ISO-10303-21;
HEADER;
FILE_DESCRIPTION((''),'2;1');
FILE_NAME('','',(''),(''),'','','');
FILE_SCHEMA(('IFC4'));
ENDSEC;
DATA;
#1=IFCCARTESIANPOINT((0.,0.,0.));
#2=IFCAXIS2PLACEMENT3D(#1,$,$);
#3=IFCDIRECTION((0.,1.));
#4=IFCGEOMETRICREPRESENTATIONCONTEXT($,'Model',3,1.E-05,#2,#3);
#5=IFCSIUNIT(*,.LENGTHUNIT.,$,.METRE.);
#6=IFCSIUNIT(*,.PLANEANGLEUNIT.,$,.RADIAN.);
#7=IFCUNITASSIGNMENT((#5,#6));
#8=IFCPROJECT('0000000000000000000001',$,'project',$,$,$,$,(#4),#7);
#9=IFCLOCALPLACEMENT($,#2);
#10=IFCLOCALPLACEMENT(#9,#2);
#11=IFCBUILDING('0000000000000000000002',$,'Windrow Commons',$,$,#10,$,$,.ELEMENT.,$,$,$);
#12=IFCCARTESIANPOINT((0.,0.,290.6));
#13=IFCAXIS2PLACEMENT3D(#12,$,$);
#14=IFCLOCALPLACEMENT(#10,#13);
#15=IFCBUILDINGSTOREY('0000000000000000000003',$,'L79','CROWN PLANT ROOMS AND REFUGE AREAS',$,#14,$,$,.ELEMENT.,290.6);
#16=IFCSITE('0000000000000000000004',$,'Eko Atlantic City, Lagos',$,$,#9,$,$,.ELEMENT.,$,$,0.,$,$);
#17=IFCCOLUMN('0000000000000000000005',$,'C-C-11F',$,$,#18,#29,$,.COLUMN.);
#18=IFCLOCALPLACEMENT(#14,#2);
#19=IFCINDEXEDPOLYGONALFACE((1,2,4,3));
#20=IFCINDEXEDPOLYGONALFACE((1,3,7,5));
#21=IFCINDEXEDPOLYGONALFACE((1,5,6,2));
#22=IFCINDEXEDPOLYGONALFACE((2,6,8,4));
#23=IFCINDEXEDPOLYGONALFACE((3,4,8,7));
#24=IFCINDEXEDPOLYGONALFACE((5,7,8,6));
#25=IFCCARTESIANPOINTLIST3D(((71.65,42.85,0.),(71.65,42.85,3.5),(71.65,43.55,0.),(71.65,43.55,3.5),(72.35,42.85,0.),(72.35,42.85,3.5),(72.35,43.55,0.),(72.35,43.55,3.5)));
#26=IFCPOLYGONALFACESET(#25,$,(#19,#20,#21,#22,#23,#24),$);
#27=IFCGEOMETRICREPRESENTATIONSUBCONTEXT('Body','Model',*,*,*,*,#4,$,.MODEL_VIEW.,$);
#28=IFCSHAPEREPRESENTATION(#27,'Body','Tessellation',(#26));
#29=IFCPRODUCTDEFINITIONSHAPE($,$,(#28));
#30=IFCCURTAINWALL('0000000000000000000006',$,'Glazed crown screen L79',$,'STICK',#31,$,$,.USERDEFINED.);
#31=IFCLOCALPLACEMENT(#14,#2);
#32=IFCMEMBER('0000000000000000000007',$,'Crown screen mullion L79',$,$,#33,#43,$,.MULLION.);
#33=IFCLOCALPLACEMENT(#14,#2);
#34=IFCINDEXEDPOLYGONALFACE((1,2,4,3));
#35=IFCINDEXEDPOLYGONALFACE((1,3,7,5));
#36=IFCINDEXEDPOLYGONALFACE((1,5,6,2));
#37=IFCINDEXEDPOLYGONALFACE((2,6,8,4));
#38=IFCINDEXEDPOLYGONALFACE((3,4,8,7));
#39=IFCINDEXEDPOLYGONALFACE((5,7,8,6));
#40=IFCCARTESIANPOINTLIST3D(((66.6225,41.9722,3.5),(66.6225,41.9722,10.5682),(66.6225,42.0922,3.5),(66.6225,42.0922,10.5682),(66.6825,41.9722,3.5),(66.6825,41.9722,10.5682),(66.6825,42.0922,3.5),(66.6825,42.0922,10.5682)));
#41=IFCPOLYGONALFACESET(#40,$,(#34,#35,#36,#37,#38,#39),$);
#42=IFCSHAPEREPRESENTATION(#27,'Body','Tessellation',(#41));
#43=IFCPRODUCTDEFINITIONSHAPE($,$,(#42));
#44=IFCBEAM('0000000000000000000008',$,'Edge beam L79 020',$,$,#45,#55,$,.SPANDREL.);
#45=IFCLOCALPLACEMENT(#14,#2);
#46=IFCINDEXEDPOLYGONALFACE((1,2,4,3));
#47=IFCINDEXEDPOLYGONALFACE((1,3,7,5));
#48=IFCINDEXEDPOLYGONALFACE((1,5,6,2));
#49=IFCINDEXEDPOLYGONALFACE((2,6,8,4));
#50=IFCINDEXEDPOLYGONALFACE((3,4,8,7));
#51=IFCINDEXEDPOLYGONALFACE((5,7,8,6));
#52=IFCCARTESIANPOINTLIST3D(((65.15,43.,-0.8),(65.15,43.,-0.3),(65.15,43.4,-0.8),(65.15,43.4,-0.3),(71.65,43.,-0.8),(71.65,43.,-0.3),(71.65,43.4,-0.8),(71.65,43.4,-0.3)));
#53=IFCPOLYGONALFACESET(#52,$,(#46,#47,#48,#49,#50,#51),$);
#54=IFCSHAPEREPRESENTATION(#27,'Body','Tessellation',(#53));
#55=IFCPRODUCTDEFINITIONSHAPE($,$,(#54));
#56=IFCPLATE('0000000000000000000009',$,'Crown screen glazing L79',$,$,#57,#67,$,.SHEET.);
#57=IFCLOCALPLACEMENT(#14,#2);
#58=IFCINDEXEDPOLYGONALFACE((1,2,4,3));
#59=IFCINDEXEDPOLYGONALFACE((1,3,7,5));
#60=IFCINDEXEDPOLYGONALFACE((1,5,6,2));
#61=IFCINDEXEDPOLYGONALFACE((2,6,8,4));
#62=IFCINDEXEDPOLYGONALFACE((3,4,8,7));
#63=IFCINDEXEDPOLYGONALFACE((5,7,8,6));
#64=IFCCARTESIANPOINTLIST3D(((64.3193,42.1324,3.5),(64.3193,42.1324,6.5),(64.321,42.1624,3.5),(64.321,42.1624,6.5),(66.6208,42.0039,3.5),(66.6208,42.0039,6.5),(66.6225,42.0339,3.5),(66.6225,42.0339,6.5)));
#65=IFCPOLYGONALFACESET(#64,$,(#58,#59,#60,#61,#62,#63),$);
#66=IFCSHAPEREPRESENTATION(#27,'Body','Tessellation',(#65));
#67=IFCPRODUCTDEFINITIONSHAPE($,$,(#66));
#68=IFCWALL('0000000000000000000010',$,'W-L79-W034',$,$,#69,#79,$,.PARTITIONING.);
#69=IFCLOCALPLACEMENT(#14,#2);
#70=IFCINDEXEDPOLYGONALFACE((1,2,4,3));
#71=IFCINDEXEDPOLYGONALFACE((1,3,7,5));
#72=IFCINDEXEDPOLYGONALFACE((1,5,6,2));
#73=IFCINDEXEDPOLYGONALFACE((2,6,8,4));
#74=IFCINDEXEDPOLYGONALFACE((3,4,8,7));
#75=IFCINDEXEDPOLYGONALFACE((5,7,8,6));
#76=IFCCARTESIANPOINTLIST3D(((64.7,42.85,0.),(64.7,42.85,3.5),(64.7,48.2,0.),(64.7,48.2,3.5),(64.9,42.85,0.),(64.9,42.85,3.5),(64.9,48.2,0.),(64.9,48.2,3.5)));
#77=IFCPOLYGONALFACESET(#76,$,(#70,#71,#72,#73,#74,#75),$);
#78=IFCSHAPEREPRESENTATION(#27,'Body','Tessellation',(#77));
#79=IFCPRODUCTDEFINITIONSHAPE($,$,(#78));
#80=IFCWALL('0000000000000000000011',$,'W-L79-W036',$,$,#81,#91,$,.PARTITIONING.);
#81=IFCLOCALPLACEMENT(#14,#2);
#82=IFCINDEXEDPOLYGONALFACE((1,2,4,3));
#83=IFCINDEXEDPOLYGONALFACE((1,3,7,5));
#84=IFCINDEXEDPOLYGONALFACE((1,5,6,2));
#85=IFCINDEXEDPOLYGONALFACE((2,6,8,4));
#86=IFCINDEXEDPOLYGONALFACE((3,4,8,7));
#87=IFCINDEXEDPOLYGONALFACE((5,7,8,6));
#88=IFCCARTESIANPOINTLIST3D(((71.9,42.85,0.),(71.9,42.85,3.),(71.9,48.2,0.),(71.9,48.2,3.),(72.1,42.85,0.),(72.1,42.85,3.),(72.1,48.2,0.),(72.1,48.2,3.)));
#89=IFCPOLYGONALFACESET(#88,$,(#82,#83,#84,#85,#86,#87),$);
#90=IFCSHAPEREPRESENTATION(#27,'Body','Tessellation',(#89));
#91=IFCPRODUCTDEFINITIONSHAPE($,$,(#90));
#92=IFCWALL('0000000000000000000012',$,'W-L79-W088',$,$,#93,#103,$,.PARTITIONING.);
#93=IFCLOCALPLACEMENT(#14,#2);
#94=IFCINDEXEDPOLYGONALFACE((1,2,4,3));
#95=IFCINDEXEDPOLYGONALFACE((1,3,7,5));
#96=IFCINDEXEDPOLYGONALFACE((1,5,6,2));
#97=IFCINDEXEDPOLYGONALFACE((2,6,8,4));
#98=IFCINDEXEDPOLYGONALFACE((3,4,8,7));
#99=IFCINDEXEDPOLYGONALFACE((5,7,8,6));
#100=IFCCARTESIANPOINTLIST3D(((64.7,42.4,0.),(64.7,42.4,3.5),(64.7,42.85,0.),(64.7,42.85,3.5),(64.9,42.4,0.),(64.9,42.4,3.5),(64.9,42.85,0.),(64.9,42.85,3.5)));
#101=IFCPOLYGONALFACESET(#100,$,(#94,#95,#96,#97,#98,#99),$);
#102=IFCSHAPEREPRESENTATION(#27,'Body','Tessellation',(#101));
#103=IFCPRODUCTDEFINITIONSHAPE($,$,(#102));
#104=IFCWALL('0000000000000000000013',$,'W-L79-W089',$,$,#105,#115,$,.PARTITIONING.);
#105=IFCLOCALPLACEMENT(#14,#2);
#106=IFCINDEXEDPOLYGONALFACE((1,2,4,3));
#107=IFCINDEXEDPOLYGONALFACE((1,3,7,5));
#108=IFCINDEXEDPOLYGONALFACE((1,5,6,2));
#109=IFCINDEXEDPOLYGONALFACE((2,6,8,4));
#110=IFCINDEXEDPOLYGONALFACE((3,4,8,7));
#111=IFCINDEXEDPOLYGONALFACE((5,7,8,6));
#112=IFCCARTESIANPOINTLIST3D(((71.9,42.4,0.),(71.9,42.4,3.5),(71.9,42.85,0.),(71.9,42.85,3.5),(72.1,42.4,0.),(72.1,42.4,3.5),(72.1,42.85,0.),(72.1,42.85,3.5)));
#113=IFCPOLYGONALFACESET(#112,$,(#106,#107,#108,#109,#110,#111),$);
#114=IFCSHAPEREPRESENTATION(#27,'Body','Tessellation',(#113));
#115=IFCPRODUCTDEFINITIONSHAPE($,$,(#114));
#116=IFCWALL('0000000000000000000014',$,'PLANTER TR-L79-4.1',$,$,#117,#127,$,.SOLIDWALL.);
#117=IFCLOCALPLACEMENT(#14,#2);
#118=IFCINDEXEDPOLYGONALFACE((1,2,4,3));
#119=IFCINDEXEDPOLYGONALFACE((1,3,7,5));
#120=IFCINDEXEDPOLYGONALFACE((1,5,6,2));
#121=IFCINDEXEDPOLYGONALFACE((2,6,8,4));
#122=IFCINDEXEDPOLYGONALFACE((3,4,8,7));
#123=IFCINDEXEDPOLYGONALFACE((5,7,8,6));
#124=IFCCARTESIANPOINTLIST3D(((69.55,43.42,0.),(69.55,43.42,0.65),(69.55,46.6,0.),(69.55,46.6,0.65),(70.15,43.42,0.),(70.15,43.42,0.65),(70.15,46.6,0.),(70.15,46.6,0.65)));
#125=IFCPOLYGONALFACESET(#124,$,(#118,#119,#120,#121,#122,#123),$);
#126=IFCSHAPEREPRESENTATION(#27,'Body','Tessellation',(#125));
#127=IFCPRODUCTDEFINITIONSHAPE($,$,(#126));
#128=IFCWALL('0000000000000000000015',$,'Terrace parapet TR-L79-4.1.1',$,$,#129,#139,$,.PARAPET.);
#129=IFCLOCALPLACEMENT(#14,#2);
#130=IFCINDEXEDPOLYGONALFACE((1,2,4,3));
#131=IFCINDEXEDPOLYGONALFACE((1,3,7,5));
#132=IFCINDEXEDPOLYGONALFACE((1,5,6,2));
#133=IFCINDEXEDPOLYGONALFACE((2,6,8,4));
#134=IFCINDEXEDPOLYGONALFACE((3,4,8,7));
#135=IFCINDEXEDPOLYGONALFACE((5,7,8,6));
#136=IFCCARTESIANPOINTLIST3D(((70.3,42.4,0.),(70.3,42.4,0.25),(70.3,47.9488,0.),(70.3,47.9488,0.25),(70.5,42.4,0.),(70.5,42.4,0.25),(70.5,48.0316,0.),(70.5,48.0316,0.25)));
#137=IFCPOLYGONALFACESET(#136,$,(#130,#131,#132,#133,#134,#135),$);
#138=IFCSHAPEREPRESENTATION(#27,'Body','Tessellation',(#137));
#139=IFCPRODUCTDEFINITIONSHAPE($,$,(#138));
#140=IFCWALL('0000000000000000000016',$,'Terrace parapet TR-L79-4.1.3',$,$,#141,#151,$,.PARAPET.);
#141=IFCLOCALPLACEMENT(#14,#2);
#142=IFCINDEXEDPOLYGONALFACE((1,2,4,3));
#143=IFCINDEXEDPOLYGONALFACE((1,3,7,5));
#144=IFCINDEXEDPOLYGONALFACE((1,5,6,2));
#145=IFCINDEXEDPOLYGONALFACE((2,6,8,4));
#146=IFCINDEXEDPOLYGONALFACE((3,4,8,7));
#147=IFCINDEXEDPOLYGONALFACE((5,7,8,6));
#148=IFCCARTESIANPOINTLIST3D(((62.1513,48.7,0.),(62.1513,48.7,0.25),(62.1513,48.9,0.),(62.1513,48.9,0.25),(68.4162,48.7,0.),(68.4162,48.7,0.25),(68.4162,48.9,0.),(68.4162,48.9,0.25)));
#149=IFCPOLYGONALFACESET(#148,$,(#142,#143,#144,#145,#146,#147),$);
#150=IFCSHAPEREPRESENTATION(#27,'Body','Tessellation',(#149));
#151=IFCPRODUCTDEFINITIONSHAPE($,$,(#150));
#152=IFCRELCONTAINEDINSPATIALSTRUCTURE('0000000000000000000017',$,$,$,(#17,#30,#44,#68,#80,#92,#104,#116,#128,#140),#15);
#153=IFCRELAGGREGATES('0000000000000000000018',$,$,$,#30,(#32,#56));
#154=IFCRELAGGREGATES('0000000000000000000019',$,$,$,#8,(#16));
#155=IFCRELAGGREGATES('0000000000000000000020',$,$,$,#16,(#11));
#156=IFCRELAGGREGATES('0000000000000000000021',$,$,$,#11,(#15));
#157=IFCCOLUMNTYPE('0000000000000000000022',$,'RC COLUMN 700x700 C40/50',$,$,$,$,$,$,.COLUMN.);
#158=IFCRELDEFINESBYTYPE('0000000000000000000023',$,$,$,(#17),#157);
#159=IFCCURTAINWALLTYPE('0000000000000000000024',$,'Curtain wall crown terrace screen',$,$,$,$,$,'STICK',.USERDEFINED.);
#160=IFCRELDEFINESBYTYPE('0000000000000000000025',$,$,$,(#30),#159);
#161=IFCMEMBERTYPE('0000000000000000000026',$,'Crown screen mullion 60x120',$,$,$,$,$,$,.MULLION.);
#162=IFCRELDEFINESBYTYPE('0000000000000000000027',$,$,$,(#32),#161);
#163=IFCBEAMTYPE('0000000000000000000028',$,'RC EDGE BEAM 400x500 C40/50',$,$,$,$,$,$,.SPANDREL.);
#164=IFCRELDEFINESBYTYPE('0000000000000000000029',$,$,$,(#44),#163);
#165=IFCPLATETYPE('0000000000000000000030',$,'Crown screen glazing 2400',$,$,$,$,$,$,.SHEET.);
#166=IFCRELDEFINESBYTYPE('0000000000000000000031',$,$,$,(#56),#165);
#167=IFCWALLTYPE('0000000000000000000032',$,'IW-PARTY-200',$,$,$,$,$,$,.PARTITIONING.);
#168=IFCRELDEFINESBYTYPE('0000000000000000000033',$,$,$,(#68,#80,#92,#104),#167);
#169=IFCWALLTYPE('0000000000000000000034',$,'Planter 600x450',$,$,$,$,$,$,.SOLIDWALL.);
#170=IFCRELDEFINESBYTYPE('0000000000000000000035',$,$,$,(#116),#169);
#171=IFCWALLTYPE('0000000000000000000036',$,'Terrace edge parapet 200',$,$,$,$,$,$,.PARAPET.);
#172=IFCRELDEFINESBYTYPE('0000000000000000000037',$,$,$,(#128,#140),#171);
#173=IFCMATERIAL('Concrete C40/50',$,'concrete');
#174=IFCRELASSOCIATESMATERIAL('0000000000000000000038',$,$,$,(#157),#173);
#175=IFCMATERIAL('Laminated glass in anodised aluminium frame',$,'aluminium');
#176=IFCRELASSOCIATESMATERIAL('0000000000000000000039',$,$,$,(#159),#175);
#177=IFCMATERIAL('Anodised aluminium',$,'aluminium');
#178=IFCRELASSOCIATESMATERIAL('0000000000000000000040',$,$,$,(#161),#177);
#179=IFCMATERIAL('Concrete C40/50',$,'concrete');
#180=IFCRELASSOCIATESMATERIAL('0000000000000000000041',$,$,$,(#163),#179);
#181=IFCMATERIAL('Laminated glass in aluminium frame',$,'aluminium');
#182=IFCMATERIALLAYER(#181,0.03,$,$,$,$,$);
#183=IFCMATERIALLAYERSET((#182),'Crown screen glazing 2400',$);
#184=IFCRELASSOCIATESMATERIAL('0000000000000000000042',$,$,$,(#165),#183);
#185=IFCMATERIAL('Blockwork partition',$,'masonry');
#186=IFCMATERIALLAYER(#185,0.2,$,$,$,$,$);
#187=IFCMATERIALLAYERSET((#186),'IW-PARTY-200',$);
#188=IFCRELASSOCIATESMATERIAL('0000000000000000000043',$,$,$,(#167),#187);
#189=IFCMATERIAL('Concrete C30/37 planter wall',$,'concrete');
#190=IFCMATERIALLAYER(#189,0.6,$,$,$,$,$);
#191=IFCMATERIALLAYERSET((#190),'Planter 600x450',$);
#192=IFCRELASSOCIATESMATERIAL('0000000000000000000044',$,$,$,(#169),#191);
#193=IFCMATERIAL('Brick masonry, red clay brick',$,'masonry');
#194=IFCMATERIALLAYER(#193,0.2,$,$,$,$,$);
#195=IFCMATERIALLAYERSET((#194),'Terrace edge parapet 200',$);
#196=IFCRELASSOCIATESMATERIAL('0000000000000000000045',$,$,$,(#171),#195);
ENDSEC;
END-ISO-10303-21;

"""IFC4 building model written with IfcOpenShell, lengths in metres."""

from ifc_helpers import new_model, si_unit, direction, frame, frame_2d, origin, origin_2d, place, context, subcontext, project, spatial, polyline, rectangle, outline, extrude, material, layer, layer_set, material_profile, profile_set, type_object, element, aggregate, save


model = new_model("IFC4")

# Units and contexts
model_context = context("Model", 3, precision=1e-05, world=origin(), true_north=direction((0.0, 1.0)))
body_context = subcontext(model_context, "Body", "Model", "MODEL_VIEW")
ifc_project = project(units=[si_unit("LENGTHUNIT", "METRE"), si_unit("PLANEANGLEUNIT", "RADIAN")], contexts=[model_context])

# Site, building, storey
site_placement = place(None, origin())
site = spatial("IfcSite", under=ifc_project, at=site_placement, Name="Eko Atlantic City, Lagos", CompositionType="ELEMENT", RefElevation=0.0)
building_placement = place(site_placement, origin())
building = spatial("IfcBuilding", under=site, at=building_placement, Name="Windrow Commons", CompositionType="ELEMENT")
storey_placement = place(building_placement, frame((0.0, 0.0, 290.6)))
storey = spatial("IfcBuildingStorey", under=building, at=storey_placement, Name="L79", Description="CROWN PLANT ROOMS AND REFUGE AREAS", CompositionType="ELEMENT", Elevation=290.6)

# Column
ifc_material_1 = material(Name="Concrete C40/50", Category="concrete")
ifc_material_profile_1 = material_profile(ifc_material_1, rectangle(XDim=0.7, YDim=0.7, at=origin_2d()))
ifc_profile_set_1 = profile_set([ifc_material_profile_1], Name="Concrete C40/50")
column_type = type_object("IfcColumnType", Name="RC COLUMN 700x700 C40/50", PredefinedType="COLUMN", material=ifc_profile_set_1)
column_placement = place(storey_placement, frame((72.0, 43.2, 0.0), z_axis=(0.0, 0.0, 1.0), x_axis=(1.0, 0.0, 0.0)))
element("IfcColumn", 1, at=column_placement, inside=storey, type_object=column_type, Name="C-C-11F", PredefinedType="COLUMN", context=body_context, shape_type="SweptSolid", body=[
    extrude(rectangle(XDim=0.7, YDim=0.7, at=origin_2d()), origin(), (0.0, 0.0, 1.0), 3.5),
])

# Curtain wall, member
ifc_material_2 = material(Name="Laminated glass in anodised aluminium frame", Category="aluminium")
curtain_wall_type = type_object("IfcCurtainWallType", Name="Curtain wall crown terrace screen", ElementType="STICK", PredefinedType="USERDEFINED", material=ifc_material_2)
curtain_wall_placement = place(storey_placement, origin())
curtain_wall = element("IfcCurtainWall", 2, at=curtain_wall_placement, inside=storey, type_object=curtain_wall_type, Name="Glazed crown screen L79", ObjectType="STICK", PredefinedType="USERDEFINED")
ifc_material_3 = material(Name="Anodised aluminium", Category="aluminium")
ifc_material_profile_2 = material_profile(ifc_material_3, rectangle(XDim=0.06, YDim=0.12, at=origin_2d()))
ifc_profile_set_2 = profile_set([ifc_material_profile_2], Name="Anodised aluminium")
member_type = type_object("IfcMemberType", Name="Crown screen mullion 60x120", PredefinedType="MULLION", material=ifc_profile_set_2)
member_placement = place(storey_placement, frame((66.6525, 42.0322, 3.5), z_axis=(0.0, 0.0, 1.0), x_axis=(1.0, 0.0, 0.0)))
member = element("IfcMember", 3, at=member_placement, type_object=member_type, Name="Crown screen mullion L79", PredefinedType="MULLION", context=body_context, shape_type="SweptSolid", body=[
    extrude(rectangle(XDim=0.06, YDim=0.12, at=origin_2d()), origin(), (0.0, 0.0, 1.0), 7.0682),
])

# Beam
ifc_material_4 = material(Name="Concrete C40/50", Category="concrete")
ifc_material_profile_3 = material_profile(ifc_material_4, rectangle(XDim=0.4, YDim=0.5, at=origin_2d()))
ifc_profile_set_3 = profile_set([ifc_material_profile_3], Name="Concrete C40/50")
beam_type = type_object("IfcBeamType", Name="RC EDGE BEAM 400x500 C40/50", PredefinedType="SPANDREL", material=ifc_profile_set_3)
beam_placement = place(storey_placement, frame((71.65, 43.2, -0.55), z_axis=(-1.0, 0.0, 0.0), x_axis=(0.0, -1.0, 0.0)))
element("IfcBeam", 4, at=beam_placement, inside=storey, type_object=beam_type, Name="Edge beam L79 020", PredefinedType="SPANDREL", context=body_context, shape_type="SweptSolid", body=[
    extrude(rectangle(XDim=0.4, YDim=0.5, at=origin_2d()), origin(), (0.0, 0.0, 1.0), 6.5),
])

# Plate
ifc_material_5 = material(Name="Laminated glass in aluminium frame", Category="aluminium")
ifc_layer_1 = layer(ifc_material_5, 0.03)
ifc_layer_set_1 = layer_set([ifc_layer_1], Name="Crown screen glazing 2400")
plate_type = type_object("IfcPlateType", Name="Crown screen glazing 2400", PredefinedType="SHEET", material=ifc_layer_set_1)
plate_placement = place(storey_placement, frame((66.6225, 42.0339, 3.5), z_axis=(0.055746, 0.998445, 0.0), x_axis=(-0.998445, 0.055746, 0.0)))
plate = element("IfcPlate", 5, at=plate_placement, type_object=plate_type, Name="Crown screen glazing L79", PredefinedType="SHEET", context=body_context, shape_type="SweptSolid", body=[
    extrude(outline(polyline([(0.0, 0.0), (2.3051, 0.0), (2.3051, 3.0), (0.0, 3.0), (0.0, 0.0)])), origin(), (0.0, 0.0, -1.0), 0.03),
])
aggregate(curtain_wall, [member, plate])

# Walls
ifc_material_6 = material(Name="Blockwork partition", Category="masonry")
ifc_layer_2 = layer(ifc_material_6, 0.2)
ifc_layer_set_2 = layer_set([ifc_layer_2], Name="IW-PARTY-200")
wall_type_1 = type_object("IfcWallType", Name="IW-PARTY-200", PredefinedType="PARTITIONING", material=ifc_layer_set_2)
wall_1_placement = place(storey_placement, frame((64.8, 42.85, 0.0), z_axis=(0.0, 0.0, 1.0), x_axis=(0.0, 1.0, 0.0)))
element("IfcWall", 6, at=wall_1_placement, inside=storey, type_object=wall_type_1, Name="W-L79-W034", PredefinedType="PARTITIONING", context=body_context, shape_type="SweptSolid", body=[
    extrude(rectangle(XDim=5.35, YDim=0.2, at=frame_2d((2.675, 0.0))), origin(), (0.0, 0.0, 1.0), 3.5),
])
wall_2_placement = place(storey_placement, frame((72.0, 42.85, 0.0), z_axis=(0.0, 0.0, 1.0), x_axis=(0.0, 1.0, 0.0)))
element("IfcWall", 7, at=wall_2_placement, inside=storey, type_object=wall_type_1, Name="W-L79-W036", PredefinedType="PARTITIONING", context=body_context, shape_type="SweptSolid", body=[
    extrude(rectangle(XDim=5.35, YDim=0.2, at=frame_2d((2.675, 0.0))), origin(), (0.0, 0.0, 1.0), 3.0),
])
for number, where, z_axis, x_axis, name in (
    (8, (64.8, 42.4, 0.0), (0.0, 0.0, 1.0), (0.0, 1.0, 0.0), "W-L79-W088"),
    (9, (72.0, 42.4, 0.0), (0.0, 0.0, 1.0), (0.0, 1.0, 0.0), "W-L79-W089"),
):
    element("IfcWall", number, at=place(storey_placement, frame(where, z_axis=z_axis, x_axis=x_axis)), inside=storey, type_object=wall_type_1, Name=name, PredefinedType="PARTITIONING", context=body_context, shape_type="SweptSolid", body=[
        extrude(outline(polyline([(0.0, -0.1), (0.45, -0.1), (0.45, 0.1), (0.0, 0.1), (0.0, -0.1)])), origin(), (0.0, 0.0, 1.0), 3.5),
    ])
ifc_material_7 = material(Name="Concrete C30/37 planter wall", Category="concrete")
ifc_layer_3 = layer(ifc_material_7, 0.6)
ifc_layer_set_3 = layer_set([ifc_layer_3], Name="Planter 600x450")
wall_type_2 = type_object("IfcWallType", Name="Planter 600x450", PredefinedType="SOLIDWALL", material=ifc_layer_set_3)
wall_3_placement = place(storey_placement, frame((69.85, 43.42, 0.0), z_axis=(0.0, 0.0, 1.0), x_axis=(0.0, 1.0, 0.0)))
element("IfcWall", 10, at=wall_3_placement, inside=storey, type_object=wall_type_2, Name="PLANTER TR-L79-4.1", PredefinedType="SOLIDWALL", context=body_context, shape_type="SweptSolid", body=[
    extrude(outline(polyline([(0.0, -0.3), (3.18, -0.3), (3.18, 0.3), (0.0, 0.3), (0.0, -0.3)])), origin(), (0.0, 0.0, 1.0), 0.65),
])
ifc_material_8 = material(Name="Brick masonry, red clay brick", Category="masonry")
ifc_layer_4 = layer(ifc_material_8, 0.2)
ifc_layer_set_4 = layer_set([ifc_layer_4], Name="Terrace edge parapet 200")
wall_type_3 = type_object("IfcWallType", Name="Terrace edge parapet 200", PredefinedType="PARAPET", material=ifc_layer_set_4)
wall_4_placement = place(storey_placement, frame((70.4, 42.4, 0.0), z_axis=(0.0, 0.0, 1.0), x_axis=(0.0, 1.0, 0.0)))
element("IfcWall", 11, at=wall_4_placement, inside=storey, type_object=wall_type_3, Name="Terrace parapet TR-L79-4.1.1", PredefinedType="PARAPET", context=body_context, shape_type="SweptSolid", body=[
    extrude(outline(polyline([(0.0, -0.1), (5.6316, -0.1), (5.5488, 0.1), (0.0, 0.1), (0.0, -0.1)])), origin(), (0.0, 0.0, 1.0), 0.25),
])
wall_5_placement = place(storey_placement, frame((68.4162, 48.8, 0.0), z_axis=(0.0, 0.0, 1.0), x_axis=(-1.0, 0.0, 0.0)))
element("IfcWall", 12, at=wall_5_placement, inside=storey, type_object=wall_type_3, Name="Terrace parapet TR-L79-4.1.3", PredefinedType="PARAPET", context=body_context, shape_type="SweptSolid", body=[
    extrude(outline(polyline([(0.0, -0.1), (6.2649, -0.1), (6.2649, 0.1), (0.0, 0.1), (0.0, -0.1)])), origin(), (0.0, 0.0, 1.0), 0.25),
])

save(model, "model.ifc")
